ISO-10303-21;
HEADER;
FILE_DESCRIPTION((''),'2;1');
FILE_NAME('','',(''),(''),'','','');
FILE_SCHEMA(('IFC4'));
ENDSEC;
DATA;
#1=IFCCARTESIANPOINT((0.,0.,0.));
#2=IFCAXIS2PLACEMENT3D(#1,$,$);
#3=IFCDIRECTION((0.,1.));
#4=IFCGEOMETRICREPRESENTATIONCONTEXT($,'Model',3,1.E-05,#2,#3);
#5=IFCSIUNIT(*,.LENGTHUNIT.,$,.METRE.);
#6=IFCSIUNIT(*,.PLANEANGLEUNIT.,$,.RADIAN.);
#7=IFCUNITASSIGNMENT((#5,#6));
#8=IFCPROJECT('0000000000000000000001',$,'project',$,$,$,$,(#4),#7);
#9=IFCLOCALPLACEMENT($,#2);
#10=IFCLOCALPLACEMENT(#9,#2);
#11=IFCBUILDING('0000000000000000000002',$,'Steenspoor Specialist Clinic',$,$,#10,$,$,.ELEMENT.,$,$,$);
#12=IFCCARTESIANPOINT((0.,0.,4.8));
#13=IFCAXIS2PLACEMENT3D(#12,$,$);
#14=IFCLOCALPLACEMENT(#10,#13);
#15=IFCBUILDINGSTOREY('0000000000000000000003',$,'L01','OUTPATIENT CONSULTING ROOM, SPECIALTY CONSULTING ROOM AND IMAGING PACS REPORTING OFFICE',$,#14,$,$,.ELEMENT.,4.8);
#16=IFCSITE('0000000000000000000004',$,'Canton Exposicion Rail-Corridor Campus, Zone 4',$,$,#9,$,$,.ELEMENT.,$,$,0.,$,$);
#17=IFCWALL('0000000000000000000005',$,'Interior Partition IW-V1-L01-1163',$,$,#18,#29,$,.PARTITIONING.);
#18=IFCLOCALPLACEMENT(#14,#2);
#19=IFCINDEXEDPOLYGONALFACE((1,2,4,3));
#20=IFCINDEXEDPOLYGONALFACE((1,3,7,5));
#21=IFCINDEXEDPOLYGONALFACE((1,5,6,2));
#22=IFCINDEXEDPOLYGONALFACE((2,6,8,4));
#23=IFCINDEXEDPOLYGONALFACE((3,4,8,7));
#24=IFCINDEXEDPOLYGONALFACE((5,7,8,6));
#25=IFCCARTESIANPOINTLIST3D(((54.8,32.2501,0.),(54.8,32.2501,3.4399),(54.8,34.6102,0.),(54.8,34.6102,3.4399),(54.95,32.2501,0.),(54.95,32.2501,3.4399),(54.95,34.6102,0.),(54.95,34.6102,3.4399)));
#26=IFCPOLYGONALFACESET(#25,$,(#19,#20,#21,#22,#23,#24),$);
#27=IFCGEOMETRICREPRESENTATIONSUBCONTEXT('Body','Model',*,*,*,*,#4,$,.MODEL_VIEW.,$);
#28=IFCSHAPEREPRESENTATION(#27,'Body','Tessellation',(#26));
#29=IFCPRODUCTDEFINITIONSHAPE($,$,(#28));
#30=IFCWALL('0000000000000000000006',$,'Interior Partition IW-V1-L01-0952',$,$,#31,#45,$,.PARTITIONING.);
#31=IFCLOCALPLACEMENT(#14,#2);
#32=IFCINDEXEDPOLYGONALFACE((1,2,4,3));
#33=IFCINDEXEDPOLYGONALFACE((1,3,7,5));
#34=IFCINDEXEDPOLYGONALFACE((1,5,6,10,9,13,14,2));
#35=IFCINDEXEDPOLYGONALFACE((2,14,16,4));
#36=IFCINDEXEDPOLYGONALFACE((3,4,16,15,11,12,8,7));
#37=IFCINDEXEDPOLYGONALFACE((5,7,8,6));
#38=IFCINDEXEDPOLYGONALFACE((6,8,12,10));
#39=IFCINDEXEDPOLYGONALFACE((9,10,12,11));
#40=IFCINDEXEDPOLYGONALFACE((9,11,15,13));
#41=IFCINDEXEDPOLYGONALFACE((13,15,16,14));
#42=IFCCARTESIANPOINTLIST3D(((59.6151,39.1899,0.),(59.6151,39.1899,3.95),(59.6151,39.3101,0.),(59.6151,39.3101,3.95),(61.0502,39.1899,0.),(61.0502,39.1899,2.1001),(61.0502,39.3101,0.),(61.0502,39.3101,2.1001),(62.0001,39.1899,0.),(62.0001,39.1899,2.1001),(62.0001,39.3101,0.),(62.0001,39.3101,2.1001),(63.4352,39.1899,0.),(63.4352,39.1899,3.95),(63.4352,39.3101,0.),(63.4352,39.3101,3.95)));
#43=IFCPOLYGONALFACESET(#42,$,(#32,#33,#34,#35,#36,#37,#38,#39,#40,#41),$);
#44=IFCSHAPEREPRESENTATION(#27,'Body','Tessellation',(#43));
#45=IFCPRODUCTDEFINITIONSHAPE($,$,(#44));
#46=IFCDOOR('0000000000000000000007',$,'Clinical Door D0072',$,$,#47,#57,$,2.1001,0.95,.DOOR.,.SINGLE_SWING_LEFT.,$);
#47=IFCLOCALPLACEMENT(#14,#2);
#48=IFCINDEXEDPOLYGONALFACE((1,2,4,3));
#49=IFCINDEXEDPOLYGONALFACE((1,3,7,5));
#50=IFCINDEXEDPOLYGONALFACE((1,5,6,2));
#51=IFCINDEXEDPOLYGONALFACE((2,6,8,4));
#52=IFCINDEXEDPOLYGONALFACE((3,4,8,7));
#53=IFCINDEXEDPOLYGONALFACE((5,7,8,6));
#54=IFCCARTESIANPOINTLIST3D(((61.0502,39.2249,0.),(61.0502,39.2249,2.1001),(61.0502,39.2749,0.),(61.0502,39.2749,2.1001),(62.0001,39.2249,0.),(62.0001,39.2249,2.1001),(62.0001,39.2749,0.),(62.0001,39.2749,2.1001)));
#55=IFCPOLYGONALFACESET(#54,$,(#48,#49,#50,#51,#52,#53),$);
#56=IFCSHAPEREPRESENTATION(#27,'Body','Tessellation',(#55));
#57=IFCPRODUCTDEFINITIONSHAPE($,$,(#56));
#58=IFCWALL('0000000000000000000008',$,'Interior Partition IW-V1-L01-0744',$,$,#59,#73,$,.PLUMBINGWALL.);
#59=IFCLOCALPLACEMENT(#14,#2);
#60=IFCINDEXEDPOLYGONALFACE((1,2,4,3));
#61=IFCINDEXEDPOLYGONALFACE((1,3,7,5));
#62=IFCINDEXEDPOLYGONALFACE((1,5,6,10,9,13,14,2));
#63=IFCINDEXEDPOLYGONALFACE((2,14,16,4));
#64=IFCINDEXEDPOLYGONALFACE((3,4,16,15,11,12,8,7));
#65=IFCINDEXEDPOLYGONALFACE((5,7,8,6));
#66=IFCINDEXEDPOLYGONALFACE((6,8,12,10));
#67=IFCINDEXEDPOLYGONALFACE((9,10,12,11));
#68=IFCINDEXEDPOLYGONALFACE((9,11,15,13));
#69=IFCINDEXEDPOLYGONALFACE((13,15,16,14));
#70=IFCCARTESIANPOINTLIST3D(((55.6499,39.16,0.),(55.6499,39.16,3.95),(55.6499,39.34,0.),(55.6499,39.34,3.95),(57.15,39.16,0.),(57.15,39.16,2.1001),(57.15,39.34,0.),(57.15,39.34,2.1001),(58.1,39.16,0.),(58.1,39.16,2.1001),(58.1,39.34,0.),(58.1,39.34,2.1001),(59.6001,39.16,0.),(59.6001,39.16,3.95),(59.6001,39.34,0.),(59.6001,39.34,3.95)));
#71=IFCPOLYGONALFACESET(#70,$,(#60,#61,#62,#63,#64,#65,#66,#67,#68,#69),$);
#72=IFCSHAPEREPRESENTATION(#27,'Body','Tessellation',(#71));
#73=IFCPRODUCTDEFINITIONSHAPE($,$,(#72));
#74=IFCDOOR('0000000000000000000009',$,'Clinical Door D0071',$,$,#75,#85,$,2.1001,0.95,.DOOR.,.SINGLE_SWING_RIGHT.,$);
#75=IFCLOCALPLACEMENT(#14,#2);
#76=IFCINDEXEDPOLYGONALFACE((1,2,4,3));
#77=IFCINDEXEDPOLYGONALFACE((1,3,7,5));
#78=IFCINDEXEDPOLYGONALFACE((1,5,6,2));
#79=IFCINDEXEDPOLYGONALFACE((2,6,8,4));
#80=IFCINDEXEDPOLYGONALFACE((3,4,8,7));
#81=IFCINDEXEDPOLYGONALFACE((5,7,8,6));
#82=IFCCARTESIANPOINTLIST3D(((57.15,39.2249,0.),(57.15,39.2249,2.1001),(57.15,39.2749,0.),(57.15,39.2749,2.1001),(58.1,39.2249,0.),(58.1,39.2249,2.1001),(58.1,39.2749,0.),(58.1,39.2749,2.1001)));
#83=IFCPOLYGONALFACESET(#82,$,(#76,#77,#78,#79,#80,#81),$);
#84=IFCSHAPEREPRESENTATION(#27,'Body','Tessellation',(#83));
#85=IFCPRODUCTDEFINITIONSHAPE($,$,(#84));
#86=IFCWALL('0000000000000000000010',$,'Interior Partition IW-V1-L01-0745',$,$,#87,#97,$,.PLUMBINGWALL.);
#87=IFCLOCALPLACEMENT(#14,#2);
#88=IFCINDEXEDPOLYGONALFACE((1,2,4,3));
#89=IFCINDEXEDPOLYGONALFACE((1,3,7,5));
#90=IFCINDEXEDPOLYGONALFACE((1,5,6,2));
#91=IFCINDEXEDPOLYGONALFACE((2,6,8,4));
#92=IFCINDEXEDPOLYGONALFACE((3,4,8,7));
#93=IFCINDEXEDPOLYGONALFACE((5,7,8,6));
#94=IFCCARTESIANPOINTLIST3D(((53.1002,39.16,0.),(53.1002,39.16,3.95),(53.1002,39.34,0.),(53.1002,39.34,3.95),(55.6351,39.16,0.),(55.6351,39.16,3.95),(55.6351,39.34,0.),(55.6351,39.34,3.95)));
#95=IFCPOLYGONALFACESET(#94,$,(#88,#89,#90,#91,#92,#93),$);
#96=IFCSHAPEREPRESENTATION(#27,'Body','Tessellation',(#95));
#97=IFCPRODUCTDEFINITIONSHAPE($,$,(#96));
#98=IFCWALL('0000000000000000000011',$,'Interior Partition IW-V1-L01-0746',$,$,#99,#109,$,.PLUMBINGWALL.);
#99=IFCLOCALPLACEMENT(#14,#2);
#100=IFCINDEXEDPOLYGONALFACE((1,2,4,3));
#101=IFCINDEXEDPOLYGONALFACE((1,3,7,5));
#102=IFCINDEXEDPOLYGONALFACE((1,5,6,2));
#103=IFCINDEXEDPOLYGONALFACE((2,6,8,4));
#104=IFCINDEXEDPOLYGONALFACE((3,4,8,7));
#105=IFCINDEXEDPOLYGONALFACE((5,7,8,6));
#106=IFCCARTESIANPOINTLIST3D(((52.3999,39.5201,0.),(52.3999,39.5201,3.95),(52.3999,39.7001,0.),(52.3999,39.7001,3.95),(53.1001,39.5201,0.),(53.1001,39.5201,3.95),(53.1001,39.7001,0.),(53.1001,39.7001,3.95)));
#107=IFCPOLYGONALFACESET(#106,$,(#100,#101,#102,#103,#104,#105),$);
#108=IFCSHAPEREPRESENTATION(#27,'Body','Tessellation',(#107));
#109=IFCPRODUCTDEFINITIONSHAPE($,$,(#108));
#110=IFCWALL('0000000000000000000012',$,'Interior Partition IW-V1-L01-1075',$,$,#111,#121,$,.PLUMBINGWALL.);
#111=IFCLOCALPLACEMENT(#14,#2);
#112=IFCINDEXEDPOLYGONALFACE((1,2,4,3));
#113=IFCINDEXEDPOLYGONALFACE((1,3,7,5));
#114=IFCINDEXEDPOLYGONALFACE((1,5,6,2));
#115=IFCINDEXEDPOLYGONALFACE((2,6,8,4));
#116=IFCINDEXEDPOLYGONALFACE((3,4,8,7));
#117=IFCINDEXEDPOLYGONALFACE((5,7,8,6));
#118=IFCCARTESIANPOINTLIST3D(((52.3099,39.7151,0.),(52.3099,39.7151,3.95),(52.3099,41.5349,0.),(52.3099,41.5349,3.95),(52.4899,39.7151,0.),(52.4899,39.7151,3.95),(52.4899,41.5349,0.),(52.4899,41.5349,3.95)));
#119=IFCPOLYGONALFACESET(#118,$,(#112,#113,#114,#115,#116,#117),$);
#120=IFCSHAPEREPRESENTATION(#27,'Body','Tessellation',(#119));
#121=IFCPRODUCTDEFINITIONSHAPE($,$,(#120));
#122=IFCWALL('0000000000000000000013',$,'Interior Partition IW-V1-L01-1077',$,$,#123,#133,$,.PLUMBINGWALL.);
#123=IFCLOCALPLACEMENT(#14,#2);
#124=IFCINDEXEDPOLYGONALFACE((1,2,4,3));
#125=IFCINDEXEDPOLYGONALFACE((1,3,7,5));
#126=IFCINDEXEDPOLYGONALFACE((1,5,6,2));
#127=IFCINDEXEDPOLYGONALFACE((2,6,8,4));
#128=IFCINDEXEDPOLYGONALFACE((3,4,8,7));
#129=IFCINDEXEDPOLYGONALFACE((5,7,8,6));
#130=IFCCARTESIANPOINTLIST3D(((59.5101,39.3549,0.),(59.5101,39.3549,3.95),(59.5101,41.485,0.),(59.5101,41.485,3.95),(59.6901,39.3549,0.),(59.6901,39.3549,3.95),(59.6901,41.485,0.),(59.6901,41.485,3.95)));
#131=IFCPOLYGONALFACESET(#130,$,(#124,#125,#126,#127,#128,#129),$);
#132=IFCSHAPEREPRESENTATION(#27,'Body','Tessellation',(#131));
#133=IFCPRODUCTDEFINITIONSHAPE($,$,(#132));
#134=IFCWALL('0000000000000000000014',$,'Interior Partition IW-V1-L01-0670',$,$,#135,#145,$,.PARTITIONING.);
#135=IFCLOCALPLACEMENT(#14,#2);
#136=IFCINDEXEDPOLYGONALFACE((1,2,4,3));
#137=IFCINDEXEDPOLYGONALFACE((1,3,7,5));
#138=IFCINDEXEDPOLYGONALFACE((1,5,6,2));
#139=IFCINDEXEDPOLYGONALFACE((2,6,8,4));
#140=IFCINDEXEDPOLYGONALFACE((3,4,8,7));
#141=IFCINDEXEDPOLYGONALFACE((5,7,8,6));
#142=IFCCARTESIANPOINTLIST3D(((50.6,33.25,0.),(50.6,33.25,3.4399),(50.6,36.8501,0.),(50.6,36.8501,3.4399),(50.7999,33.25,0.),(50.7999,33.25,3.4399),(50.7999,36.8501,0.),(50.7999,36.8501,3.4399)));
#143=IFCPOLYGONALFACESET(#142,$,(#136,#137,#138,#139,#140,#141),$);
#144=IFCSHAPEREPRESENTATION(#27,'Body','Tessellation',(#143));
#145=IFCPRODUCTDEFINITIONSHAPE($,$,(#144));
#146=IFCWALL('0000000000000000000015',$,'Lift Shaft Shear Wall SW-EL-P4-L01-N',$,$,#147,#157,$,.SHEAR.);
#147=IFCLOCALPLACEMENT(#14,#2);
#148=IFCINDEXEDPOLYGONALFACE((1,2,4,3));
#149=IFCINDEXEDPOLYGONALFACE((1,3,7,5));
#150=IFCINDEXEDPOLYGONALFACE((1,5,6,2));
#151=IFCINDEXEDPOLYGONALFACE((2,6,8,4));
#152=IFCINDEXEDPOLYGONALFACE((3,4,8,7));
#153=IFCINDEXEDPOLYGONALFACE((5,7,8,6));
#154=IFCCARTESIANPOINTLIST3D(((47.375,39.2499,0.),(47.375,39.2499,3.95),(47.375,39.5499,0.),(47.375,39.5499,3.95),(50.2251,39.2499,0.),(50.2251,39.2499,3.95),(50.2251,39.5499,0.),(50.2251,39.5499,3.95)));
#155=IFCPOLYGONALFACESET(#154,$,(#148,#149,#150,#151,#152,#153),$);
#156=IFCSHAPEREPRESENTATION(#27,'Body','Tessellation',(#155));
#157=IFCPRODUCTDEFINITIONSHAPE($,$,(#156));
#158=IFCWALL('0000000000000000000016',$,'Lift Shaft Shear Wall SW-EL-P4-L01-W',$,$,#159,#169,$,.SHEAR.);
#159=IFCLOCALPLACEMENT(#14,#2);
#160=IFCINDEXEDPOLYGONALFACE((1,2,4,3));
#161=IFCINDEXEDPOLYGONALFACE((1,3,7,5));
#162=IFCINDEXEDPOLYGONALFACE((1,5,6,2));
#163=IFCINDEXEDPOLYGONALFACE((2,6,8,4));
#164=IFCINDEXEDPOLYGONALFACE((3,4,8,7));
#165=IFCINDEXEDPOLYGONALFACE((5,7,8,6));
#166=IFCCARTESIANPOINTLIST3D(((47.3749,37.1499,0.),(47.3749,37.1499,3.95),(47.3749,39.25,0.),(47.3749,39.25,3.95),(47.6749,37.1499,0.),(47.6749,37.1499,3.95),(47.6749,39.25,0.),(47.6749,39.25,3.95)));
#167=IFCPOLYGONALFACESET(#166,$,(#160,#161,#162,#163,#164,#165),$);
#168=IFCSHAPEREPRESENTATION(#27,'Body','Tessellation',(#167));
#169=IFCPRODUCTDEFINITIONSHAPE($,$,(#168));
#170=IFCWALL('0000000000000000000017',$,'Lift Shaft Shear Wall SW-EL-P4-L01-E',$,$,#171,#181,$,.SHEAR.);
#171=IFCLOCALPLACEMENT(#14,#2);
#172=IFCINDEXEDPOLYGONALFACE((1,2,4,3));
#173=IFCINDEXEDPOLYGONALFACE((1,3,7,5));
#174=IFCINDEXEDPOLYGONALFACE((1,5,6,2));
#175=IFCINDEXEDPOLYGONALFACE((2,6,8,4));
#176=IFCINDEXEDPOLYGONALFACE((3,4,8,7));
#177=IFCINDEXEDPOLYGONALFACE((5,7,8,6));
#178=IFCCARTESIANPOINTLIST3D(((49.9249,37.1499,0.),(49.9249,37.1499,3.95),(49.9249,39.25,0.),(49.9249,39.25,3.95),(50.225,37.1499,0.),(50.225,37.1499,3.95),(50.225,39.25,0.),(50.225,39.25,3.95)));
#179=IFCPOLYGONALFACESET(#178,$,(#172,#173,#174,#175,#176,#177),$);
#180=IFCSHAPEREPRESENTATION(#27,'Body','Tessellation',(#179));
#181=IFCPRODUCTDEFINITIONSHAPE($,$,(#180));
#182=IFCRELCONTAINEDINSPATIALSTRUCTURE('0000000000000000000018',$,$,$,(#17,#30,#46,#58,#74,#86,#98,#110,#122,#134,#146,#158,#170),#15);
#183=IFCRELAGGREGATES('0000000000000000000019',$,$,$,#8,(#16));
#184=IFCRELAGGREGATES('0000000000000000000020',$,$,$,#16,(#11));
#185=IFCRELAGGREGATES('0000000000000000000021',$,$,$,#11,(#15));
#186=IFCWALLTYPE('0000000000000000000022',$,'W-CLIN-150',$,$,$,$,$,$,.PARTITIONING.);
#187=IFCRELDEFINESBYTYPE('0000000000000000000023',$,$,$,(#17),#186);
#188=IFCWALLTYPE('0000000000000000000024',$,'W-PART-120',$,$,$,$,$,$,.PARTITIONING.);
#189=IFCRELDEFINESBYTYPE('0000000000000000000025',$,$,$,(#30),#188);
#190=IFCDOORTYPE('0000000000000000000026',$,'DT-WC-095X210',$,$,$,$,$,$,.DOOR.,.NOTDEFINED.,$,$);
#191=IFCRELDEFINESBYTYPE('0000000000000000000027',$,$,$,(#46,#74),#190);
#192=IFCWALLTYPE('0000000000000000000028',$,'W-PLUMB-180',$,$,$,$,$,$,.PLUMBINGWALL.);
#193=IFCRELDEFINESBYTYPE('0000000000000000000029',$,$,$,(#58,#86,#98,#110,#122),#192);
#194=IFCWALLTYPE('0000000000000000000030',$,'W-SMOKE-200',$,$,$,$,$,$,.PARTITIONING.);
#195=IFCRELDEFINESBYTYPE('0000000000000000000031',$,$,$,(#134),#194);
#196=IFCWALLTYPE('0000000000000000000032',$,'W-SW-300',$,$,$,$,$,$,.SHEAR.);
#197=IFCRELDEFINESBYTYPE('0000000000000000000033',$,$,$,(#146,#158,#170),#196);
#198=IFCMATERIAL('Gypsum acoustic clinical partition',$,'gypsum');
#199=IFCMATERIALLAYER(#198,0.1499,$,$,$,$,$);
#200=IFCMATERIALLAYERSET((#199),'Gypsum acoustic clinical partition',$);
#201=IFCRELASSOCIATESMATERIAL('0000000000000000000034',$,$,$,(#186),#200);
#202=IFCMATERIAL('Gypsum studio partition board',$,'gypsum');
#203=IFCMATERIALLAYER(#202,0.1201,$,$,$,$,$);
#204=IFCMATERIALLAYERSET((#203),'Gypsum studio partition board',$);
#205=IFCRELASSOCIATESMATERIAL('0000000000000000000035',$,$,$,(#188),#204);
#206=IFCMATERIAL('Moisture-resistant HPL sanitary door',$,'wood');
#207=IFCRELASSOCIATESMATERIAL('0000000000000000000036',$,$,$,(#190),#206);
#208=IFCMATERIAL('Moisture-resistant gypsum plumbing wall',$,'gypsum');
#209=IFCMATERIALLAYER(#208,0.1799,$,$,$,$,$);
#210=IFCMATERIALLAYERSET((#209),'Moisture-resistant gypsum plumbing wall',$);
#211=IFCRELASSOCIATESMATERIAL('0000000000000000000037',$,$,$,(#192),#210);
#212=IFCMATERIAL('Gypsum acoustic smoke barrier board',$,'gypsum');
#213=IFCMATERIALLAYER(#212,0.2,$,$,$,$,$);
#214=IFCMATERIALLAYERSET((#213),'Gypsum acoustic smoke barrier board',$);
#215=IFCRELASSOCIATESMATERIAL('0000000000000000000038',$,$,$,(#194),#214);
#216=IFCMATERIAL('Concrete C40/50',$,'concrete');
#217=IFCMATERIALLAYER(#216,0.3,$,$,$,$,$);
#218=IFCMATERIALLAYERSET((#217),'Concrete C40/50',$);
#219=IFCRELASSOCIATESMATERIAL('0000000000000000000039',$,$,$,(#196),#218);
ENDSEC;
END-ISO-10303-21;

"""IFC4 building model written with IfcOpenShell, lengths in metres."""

from ifc_helpers import new_model, si_unit, direction, frame, frame_2d, origin, place, context, subcontext, project, spatial, rectangle, extrude, material, layer, layer_set, type_object, element, fill, save


model = new_model("IFC4")

# Units and contexts
model_context = context("Model", 3, precision=1e-05, world=origin(), true_north=direction((0.0, 1.0)))
body_context = subcontext(model_context, "Body", "Model", "MODEL_VIEW")
ifc_project = project(units=[si_unit("LENGTHUNIT", "METRE"), si_unit("PLANEANGLEUNIT", "RADIAN")], contexts=[model_context])

# Site, building, storey
site_placement = place(None, origin())
site = spatial("IfcSite", under=ifc_project, at=site_placement, Name="Canton Exposicion Rail-Corridor Campus, Zone 4", CompositionType="ELEMENT", RefElevation=0.0)
building_placement = place(site_placement, origin())
building = spatial("IfcBuilding", under=site, at=building_placement, Name="Steenspoor Specialist Clinic", CompositionType="ELEMENT")
storey_placement = place(building_placement, frame((0.0, 0.0, 4.8)))
storey = spatial("IfcBuildingStorey", under=building, at=storey_placement, Name="L01", Description="OUTPATIENT CONSULTING ROOM, SPECIALTY CONSULTING ROOM AND IMAGING PACS REPORTING OFFICE", CompositionType="ELEMENT", Elevation=4.8)

# Shared definitions
ifc_material_1 = material(Name="Concrete C40/50", Category="concrete")

# Wall
ifc_material_2 = material(Name="Gypsum acoustic clinical partition", Category="gypsum")
ifc_layer_1 = layer(ifc_material_2, 0.1499)
ifc_layer_set_1 = layer_set([ifc_layer_1], Name="Gypsum acoustic clinical partition")
wall_type_1 = type_object("IfcWallType", Name="W-CLIN-150", PredefinedType="PARTITIONING", material=ifc_layer_set_1)
wall_1_placement = place(storey_placement, frame((54.875, 32.25, 0.0), z_axis=(0.0, 0.0, 1.0), x_axis=(0.0, 1.0, 0.0)))
element("IfcWall", 1, at=wall_1_placement, inside=storey, type_object=wall_type_1, Name="Interior Partition IW-V1-L01-1163", PredefinedType="PARTITIONING", context=body_context, shape_type="SweptSolid", body=[
    extrude(rectangle(XDim=2.3601, YDim=0.1499, at=frame_2d((1.1802, 0.0))), origin(), (0.0, 0.0, 1.0), 3.4399),
])

# Walls, openings, doors
ifc_material_3 = material(Name="Gypsum studio partition board", Category="gypsum")
ifc_layer_2 = layer(ifc_material_3, 0.1201)
ifc_layer_set_2 = layer_set([ifc_layer_2], Name="Gypsum studio partition board")
wall_type_2 = type_object("IfcWallType", Name="W-PART-120", PredefinedType="PARTITIONING", material=ifc_layer_set_2)
wall_2_placement = place(storey_placement, frame((59.615, 39.25, 0.0), z_axis=(0.0, 0.0, 1.0), x_axis=(1.0, 0.0, 0.0)))
wall_2 = element("IfcWall", 2, at=wall_2_placement, inside=storey, type_object=wall_type_2, Name="Interior Partition IW-V1-L01-0952", PredefinedType="PARTITIONING", context=body_context, shape_type="SweptSolid", body=[
    extrude(rectangle(XDim=3.8201, YDim=0.1201, at=frame_2d((1.9102, 0.0))), origin(), (0.0, 0.0, 1.0), 3.95),
])
opening_1_placement = place(wall_2_placement, frame((1.4351, 0.0, 0.0)))
opening_1 = element("IfcOpeningElement", 3, at=opening_1_placement, cuts=wall_2, PredefinedType="OPENING", context=body_context, shape_type="SweptSolid", body=[
    extrude(rectangle(XDim=0.95, YDim=2.1001, at=frame_2d((0.4751, 1.05))), frame((0.0, 0.0701, 0.0), z_axis=(0.0, -1.0, 0.0), x_axis=(1.0, 0.0, 0.0)), (0.0, 0.0, 1.0), 0.1401),
])
ifc_material_4 = material(Name="Moisture-resistant HPL sanitary door", Category="wood")
door_type_1 = type_object("IfcDoorType", Name="DT-WC-095X210", OperationType="NOTDEFINED", PredefinedType="DOOR", material=ifc_material_4)
door_1_placement = place(opening_1_placement, origin())
door_1 = element("IfcDoor", 4, at=door_1_placement, inside=storey, type_object=door_type_1, Name="Clinical Door D0072", OperationType="SINGLE_SWING_LEFT", OverallHeight=2.1001, OverallWidth=0.95, PredefinedType="DOOR", context=body_context, shape_type="SweptSolid", body=[
    extrude(rectangle(XDim=0.95, YDim=2.1001, at=frame_2d((0.4751, 1.05))), frame((0.0, 0.0249, 0.0), z_axis=(0.0, -1.0, 0.0), x_axis=(1.0, 0.0, 0.0)), (0.0, 0.0, 1.0), 0.05),
])
fill(opening_1, door_1)
ifc_material_5 = material(Name="Moisture-resistant gypsum plumbing wall", Category="gypsum")
ifc_layer_3 = layer(ifc_material_5, 0.1799)
ifc_layer_set_3 = layer_set([ifc_layer_3], Name="Moisture-resistant gypsum plumbing wall")
wall_type_3 = type_object("IfcWallType", Name="W-PLUMB-180", PredefinedType="PLUMBINGWALL", material=ifc_layer_set_3)
wall_3_placement = place(storey_placement, frame((55.6499, 39.25, 0.0), z_axis=(0.0, 0.0, 1.0), x_axis=(1.0, 0.0, 0.0)))
wall_3 = element("IfcWall", 5, at=wall_3_placement, inside=storey, type_object=wall_type_3, Name="Interior Partition IW-V1-L01-0744", PredefinedType="PLUMBINGWALL", context=body_context, shape_type="SweptSolid", body=[
    extrude(rectangle(XDim=3.9502, YDim=0.1799, at=frame_2d((1.9751, 0.0))), origin(), (0.0, 0.0, 1.0), 3.95),
])
opening_2_placement = place(wall_3_placement, frame((1.5, 0.0, 0.0)))
opening_2 = element("IfcOpeningElement", 6, at=opening_2_placement, cuts=wall_3, PredefinedType="OPENING", context=body_context, shape_type="SweptSolid", body=[
    extrude(rectangle(XDim=0.95, YDim=2.1001, at=frame_2d((0.4751, 1.05))), frame((0.0, 0.1001, 0.0), z_axis=(0.0, -1.0, 0.0), x_axis=(1.0, 0.0, 0.0)), (0.0, 0.0, 1.0), 0.2),
])
door_2_placement = place(opening_2_placement, origin())
door_2 = element("IfcDoor", 7, at=door_2_placement, inside=storey, type_object=door_type_1, Name="Clinical Door D0071", OperationType="SINGLE_SWING_RIGHT", OverallHeight=2.1001, OverallWidth=0.95, PredefinedType="DOOR", context=body_context, shape_type="SweptSolid", body=[
    extrude(rectangle(XDim=0.95, YDim=2.1001, at=frame_2d((0.4751, 1.05))), frame((0.0, 0.0249, 0.0), z_axis=(0.0, -1.0, 0.0), x_axis=(1.0, 0.0, 0.0)), (0.0, 0.0, 1.0), 0.05),
])
fill(opening_2, door_2)

# Walls
wall_4_placement = place(storey_placement, frame((53.1001, 39.25, 0.0), z_axis=(0.0, 0.0, 1.0), x_axis=(1.0, 0.0, 0.0)))
element("IfcWall", 8, at=wall_4_placement, inside=storey, type_object=wall_type_3, Name="Interior Partition IW-V1-L01-0745", PredefinedType="PLUMBINGWALL", context=body_context, shape_type="SweptSolid", body=[
    extrude(rectangle(XDim=2.5349, YDim=0.1799, at=frame_2d((1.2676, 0.0))), origin(), (0.0, 0.0, 1.0), 3.95),
])
wall_5_placement = place(storey_placement, frame((52.3999, 39.6101, 0.0), z_axis=(0.0, 0.0, 1.0), x_axis=(1.0, 0.0, 0.0)))
element("IfcWall", 9, at=wall_5_placement, inside=storey, type_object=wall_type_3, Name="Interior Partition IW-V1-L01-0746", PredefinedType="PLUMBINGWALL", context=body_context, shape_type="SweptSolid", body=[
    extrude(rectangle(XDim=0.7002, YDim=0.1799, at=frame_2d((0.3501, 0.0))), origin(), (0.0, 0.0, 1.0), 3.95),
])
wall_6_placement = place(storey_placement, frame((52.3999, 39.7151, 0.0), z_axis=(0.0, 0.0, 1.0), x_axis=(0.0, 1.0, 0.0)))
element("IfcWall", 10, at=wall_6_placement, inside=storey, type_object=wall_type_3, Name="Interior Partition IW-V1-L01-1075", PredefinedType="PLUMBINGWALL", context=body_context, shape_type="SweptSolid", body=[
    extrude(rectangle(XDim=1.8198, YDim=0.1799, at=frame_2d((0.9099, 0.0))), origin(), (0.0, 0.0, 1.0), 3.95),
])
wall_7_placement = place(storey_placement, frame((59.6001, 39.355, 0.0), z_axis=(0.0, 0.0, 1.0), x_axis=(0.0, 1.0, 0.0)))
element("IfcWall", 11, at=wall_7_placement, inside=storey, type_object=wall_type_3, Name="Interior Partition IW-V1-L01-1077", PredefinedType="PLUMBINGWALL", context=body_context, shape_type="SweptSolid", body=[
    extrude(rectangle(XDim=2.1301, YDim=0.1799, at=frame_2d((1.0649, 0.0))), origin(), (0.0, 0.0, 1.0), 3.95),
])
ifc_material_6 = material(Name="Gypsum acoustic smoke barrier board", Category="gypsum")
ifc_layer_4 = layer(ifc_material_6, 0.2)
ifc_layer_set_4 = layer_set([ifc_layer_4], Name="Gypsum acoustic smoke barrier board")
wall_type_4 = type_object("IfcWallType", Name="W-SMOKE-200", PredefinedType="PARTITIONING", material=ifc_layer_set_4)
wall_8_placement = place(storey_placement, frame((50.7, 33.25, 0.0), z_axis=(0.0, 0.0, 1.0), x_axis=(0.0, 1.0, 0.0)))
element("IfcWall", 12, at=wall_8_placement, inside=storey, type_object=wall_type_4, Name="Interior Partition IW-V1-L01-0670", PredefinedType="PARTITIONING", context=body_context, shape_type="SweptSolid", body=[
    extrude(rectangle(XDim=3.6001, YDim=0.2, at=frame_2d((1.8, 0.0))), origin(), (0.0, 0.0, 1.0), 3.4399),
])

# Shared definitions
ifc_layer_5 = layer(ifc_material_1, 0.3)
ifc_layer_set_5 = layer_set([ifc_layer_5], Name="Concrete C40/50")
wall_type_5 = type_object("IfcWallType", Name="W-SW-300", PredefinedType="SHEAR", material=ifc_layer_set_5)

# Walls
wall_9_placement = place(storey_placement, frame((47.375, 39.3999, 0.0), z_axis=(0.0, 0.0, 1.0), x_axis=(1.0, 0.0, 0.0)))
element("IfcWall", 13, at=wall_9_placement, inside=storey, type_object=wall_type_5, Name="Lift Shaft Shear Wall SW-EL-P4-L01-N", PredefinedType="SHEAR", context=body_context, shape_type="SweptSolid", body=[
    extrude(rectangle(XDim=2.8501, YDim=0.3, at=frame_2d((1.425, 0.0))), origin(), (0.0, 0.0, 1.0), 3.95),
])
for number, where, z_axis, x_axis, name in (
    (14, (47.5249, 37.1499, 0.0), (0.0, 0.0, 1.0), (0.0, 1.0, 0.0), "Lift Shaft Shear Wall SW-EL-P4-L01-W"),
    (15, (50.075, 37.1499, 0.0), (0.0, 0.0, 1.0), (0.0, 1.0, 0.0), "Lift Shaft Shear Wall SW-EL-P4-L01-E"),
):
    element("IfcWall", number, at=place(storey_placement, frame(where, z_axis=z_axis, x_axis=x_axis)), inside=storey, type_object=wall_type_5, Name=name, PredefinedType="SHEAR", context=body_context, shape_type="SweptSolid", body=[
        extrude(rectangle(XDim=2.1001, YDim=0.3, at=frame_2d((1.05, 0.0))), origin(), (0.0, 0.0, 1.0), 3.95),
    ])

save(model, "model.ifc")
